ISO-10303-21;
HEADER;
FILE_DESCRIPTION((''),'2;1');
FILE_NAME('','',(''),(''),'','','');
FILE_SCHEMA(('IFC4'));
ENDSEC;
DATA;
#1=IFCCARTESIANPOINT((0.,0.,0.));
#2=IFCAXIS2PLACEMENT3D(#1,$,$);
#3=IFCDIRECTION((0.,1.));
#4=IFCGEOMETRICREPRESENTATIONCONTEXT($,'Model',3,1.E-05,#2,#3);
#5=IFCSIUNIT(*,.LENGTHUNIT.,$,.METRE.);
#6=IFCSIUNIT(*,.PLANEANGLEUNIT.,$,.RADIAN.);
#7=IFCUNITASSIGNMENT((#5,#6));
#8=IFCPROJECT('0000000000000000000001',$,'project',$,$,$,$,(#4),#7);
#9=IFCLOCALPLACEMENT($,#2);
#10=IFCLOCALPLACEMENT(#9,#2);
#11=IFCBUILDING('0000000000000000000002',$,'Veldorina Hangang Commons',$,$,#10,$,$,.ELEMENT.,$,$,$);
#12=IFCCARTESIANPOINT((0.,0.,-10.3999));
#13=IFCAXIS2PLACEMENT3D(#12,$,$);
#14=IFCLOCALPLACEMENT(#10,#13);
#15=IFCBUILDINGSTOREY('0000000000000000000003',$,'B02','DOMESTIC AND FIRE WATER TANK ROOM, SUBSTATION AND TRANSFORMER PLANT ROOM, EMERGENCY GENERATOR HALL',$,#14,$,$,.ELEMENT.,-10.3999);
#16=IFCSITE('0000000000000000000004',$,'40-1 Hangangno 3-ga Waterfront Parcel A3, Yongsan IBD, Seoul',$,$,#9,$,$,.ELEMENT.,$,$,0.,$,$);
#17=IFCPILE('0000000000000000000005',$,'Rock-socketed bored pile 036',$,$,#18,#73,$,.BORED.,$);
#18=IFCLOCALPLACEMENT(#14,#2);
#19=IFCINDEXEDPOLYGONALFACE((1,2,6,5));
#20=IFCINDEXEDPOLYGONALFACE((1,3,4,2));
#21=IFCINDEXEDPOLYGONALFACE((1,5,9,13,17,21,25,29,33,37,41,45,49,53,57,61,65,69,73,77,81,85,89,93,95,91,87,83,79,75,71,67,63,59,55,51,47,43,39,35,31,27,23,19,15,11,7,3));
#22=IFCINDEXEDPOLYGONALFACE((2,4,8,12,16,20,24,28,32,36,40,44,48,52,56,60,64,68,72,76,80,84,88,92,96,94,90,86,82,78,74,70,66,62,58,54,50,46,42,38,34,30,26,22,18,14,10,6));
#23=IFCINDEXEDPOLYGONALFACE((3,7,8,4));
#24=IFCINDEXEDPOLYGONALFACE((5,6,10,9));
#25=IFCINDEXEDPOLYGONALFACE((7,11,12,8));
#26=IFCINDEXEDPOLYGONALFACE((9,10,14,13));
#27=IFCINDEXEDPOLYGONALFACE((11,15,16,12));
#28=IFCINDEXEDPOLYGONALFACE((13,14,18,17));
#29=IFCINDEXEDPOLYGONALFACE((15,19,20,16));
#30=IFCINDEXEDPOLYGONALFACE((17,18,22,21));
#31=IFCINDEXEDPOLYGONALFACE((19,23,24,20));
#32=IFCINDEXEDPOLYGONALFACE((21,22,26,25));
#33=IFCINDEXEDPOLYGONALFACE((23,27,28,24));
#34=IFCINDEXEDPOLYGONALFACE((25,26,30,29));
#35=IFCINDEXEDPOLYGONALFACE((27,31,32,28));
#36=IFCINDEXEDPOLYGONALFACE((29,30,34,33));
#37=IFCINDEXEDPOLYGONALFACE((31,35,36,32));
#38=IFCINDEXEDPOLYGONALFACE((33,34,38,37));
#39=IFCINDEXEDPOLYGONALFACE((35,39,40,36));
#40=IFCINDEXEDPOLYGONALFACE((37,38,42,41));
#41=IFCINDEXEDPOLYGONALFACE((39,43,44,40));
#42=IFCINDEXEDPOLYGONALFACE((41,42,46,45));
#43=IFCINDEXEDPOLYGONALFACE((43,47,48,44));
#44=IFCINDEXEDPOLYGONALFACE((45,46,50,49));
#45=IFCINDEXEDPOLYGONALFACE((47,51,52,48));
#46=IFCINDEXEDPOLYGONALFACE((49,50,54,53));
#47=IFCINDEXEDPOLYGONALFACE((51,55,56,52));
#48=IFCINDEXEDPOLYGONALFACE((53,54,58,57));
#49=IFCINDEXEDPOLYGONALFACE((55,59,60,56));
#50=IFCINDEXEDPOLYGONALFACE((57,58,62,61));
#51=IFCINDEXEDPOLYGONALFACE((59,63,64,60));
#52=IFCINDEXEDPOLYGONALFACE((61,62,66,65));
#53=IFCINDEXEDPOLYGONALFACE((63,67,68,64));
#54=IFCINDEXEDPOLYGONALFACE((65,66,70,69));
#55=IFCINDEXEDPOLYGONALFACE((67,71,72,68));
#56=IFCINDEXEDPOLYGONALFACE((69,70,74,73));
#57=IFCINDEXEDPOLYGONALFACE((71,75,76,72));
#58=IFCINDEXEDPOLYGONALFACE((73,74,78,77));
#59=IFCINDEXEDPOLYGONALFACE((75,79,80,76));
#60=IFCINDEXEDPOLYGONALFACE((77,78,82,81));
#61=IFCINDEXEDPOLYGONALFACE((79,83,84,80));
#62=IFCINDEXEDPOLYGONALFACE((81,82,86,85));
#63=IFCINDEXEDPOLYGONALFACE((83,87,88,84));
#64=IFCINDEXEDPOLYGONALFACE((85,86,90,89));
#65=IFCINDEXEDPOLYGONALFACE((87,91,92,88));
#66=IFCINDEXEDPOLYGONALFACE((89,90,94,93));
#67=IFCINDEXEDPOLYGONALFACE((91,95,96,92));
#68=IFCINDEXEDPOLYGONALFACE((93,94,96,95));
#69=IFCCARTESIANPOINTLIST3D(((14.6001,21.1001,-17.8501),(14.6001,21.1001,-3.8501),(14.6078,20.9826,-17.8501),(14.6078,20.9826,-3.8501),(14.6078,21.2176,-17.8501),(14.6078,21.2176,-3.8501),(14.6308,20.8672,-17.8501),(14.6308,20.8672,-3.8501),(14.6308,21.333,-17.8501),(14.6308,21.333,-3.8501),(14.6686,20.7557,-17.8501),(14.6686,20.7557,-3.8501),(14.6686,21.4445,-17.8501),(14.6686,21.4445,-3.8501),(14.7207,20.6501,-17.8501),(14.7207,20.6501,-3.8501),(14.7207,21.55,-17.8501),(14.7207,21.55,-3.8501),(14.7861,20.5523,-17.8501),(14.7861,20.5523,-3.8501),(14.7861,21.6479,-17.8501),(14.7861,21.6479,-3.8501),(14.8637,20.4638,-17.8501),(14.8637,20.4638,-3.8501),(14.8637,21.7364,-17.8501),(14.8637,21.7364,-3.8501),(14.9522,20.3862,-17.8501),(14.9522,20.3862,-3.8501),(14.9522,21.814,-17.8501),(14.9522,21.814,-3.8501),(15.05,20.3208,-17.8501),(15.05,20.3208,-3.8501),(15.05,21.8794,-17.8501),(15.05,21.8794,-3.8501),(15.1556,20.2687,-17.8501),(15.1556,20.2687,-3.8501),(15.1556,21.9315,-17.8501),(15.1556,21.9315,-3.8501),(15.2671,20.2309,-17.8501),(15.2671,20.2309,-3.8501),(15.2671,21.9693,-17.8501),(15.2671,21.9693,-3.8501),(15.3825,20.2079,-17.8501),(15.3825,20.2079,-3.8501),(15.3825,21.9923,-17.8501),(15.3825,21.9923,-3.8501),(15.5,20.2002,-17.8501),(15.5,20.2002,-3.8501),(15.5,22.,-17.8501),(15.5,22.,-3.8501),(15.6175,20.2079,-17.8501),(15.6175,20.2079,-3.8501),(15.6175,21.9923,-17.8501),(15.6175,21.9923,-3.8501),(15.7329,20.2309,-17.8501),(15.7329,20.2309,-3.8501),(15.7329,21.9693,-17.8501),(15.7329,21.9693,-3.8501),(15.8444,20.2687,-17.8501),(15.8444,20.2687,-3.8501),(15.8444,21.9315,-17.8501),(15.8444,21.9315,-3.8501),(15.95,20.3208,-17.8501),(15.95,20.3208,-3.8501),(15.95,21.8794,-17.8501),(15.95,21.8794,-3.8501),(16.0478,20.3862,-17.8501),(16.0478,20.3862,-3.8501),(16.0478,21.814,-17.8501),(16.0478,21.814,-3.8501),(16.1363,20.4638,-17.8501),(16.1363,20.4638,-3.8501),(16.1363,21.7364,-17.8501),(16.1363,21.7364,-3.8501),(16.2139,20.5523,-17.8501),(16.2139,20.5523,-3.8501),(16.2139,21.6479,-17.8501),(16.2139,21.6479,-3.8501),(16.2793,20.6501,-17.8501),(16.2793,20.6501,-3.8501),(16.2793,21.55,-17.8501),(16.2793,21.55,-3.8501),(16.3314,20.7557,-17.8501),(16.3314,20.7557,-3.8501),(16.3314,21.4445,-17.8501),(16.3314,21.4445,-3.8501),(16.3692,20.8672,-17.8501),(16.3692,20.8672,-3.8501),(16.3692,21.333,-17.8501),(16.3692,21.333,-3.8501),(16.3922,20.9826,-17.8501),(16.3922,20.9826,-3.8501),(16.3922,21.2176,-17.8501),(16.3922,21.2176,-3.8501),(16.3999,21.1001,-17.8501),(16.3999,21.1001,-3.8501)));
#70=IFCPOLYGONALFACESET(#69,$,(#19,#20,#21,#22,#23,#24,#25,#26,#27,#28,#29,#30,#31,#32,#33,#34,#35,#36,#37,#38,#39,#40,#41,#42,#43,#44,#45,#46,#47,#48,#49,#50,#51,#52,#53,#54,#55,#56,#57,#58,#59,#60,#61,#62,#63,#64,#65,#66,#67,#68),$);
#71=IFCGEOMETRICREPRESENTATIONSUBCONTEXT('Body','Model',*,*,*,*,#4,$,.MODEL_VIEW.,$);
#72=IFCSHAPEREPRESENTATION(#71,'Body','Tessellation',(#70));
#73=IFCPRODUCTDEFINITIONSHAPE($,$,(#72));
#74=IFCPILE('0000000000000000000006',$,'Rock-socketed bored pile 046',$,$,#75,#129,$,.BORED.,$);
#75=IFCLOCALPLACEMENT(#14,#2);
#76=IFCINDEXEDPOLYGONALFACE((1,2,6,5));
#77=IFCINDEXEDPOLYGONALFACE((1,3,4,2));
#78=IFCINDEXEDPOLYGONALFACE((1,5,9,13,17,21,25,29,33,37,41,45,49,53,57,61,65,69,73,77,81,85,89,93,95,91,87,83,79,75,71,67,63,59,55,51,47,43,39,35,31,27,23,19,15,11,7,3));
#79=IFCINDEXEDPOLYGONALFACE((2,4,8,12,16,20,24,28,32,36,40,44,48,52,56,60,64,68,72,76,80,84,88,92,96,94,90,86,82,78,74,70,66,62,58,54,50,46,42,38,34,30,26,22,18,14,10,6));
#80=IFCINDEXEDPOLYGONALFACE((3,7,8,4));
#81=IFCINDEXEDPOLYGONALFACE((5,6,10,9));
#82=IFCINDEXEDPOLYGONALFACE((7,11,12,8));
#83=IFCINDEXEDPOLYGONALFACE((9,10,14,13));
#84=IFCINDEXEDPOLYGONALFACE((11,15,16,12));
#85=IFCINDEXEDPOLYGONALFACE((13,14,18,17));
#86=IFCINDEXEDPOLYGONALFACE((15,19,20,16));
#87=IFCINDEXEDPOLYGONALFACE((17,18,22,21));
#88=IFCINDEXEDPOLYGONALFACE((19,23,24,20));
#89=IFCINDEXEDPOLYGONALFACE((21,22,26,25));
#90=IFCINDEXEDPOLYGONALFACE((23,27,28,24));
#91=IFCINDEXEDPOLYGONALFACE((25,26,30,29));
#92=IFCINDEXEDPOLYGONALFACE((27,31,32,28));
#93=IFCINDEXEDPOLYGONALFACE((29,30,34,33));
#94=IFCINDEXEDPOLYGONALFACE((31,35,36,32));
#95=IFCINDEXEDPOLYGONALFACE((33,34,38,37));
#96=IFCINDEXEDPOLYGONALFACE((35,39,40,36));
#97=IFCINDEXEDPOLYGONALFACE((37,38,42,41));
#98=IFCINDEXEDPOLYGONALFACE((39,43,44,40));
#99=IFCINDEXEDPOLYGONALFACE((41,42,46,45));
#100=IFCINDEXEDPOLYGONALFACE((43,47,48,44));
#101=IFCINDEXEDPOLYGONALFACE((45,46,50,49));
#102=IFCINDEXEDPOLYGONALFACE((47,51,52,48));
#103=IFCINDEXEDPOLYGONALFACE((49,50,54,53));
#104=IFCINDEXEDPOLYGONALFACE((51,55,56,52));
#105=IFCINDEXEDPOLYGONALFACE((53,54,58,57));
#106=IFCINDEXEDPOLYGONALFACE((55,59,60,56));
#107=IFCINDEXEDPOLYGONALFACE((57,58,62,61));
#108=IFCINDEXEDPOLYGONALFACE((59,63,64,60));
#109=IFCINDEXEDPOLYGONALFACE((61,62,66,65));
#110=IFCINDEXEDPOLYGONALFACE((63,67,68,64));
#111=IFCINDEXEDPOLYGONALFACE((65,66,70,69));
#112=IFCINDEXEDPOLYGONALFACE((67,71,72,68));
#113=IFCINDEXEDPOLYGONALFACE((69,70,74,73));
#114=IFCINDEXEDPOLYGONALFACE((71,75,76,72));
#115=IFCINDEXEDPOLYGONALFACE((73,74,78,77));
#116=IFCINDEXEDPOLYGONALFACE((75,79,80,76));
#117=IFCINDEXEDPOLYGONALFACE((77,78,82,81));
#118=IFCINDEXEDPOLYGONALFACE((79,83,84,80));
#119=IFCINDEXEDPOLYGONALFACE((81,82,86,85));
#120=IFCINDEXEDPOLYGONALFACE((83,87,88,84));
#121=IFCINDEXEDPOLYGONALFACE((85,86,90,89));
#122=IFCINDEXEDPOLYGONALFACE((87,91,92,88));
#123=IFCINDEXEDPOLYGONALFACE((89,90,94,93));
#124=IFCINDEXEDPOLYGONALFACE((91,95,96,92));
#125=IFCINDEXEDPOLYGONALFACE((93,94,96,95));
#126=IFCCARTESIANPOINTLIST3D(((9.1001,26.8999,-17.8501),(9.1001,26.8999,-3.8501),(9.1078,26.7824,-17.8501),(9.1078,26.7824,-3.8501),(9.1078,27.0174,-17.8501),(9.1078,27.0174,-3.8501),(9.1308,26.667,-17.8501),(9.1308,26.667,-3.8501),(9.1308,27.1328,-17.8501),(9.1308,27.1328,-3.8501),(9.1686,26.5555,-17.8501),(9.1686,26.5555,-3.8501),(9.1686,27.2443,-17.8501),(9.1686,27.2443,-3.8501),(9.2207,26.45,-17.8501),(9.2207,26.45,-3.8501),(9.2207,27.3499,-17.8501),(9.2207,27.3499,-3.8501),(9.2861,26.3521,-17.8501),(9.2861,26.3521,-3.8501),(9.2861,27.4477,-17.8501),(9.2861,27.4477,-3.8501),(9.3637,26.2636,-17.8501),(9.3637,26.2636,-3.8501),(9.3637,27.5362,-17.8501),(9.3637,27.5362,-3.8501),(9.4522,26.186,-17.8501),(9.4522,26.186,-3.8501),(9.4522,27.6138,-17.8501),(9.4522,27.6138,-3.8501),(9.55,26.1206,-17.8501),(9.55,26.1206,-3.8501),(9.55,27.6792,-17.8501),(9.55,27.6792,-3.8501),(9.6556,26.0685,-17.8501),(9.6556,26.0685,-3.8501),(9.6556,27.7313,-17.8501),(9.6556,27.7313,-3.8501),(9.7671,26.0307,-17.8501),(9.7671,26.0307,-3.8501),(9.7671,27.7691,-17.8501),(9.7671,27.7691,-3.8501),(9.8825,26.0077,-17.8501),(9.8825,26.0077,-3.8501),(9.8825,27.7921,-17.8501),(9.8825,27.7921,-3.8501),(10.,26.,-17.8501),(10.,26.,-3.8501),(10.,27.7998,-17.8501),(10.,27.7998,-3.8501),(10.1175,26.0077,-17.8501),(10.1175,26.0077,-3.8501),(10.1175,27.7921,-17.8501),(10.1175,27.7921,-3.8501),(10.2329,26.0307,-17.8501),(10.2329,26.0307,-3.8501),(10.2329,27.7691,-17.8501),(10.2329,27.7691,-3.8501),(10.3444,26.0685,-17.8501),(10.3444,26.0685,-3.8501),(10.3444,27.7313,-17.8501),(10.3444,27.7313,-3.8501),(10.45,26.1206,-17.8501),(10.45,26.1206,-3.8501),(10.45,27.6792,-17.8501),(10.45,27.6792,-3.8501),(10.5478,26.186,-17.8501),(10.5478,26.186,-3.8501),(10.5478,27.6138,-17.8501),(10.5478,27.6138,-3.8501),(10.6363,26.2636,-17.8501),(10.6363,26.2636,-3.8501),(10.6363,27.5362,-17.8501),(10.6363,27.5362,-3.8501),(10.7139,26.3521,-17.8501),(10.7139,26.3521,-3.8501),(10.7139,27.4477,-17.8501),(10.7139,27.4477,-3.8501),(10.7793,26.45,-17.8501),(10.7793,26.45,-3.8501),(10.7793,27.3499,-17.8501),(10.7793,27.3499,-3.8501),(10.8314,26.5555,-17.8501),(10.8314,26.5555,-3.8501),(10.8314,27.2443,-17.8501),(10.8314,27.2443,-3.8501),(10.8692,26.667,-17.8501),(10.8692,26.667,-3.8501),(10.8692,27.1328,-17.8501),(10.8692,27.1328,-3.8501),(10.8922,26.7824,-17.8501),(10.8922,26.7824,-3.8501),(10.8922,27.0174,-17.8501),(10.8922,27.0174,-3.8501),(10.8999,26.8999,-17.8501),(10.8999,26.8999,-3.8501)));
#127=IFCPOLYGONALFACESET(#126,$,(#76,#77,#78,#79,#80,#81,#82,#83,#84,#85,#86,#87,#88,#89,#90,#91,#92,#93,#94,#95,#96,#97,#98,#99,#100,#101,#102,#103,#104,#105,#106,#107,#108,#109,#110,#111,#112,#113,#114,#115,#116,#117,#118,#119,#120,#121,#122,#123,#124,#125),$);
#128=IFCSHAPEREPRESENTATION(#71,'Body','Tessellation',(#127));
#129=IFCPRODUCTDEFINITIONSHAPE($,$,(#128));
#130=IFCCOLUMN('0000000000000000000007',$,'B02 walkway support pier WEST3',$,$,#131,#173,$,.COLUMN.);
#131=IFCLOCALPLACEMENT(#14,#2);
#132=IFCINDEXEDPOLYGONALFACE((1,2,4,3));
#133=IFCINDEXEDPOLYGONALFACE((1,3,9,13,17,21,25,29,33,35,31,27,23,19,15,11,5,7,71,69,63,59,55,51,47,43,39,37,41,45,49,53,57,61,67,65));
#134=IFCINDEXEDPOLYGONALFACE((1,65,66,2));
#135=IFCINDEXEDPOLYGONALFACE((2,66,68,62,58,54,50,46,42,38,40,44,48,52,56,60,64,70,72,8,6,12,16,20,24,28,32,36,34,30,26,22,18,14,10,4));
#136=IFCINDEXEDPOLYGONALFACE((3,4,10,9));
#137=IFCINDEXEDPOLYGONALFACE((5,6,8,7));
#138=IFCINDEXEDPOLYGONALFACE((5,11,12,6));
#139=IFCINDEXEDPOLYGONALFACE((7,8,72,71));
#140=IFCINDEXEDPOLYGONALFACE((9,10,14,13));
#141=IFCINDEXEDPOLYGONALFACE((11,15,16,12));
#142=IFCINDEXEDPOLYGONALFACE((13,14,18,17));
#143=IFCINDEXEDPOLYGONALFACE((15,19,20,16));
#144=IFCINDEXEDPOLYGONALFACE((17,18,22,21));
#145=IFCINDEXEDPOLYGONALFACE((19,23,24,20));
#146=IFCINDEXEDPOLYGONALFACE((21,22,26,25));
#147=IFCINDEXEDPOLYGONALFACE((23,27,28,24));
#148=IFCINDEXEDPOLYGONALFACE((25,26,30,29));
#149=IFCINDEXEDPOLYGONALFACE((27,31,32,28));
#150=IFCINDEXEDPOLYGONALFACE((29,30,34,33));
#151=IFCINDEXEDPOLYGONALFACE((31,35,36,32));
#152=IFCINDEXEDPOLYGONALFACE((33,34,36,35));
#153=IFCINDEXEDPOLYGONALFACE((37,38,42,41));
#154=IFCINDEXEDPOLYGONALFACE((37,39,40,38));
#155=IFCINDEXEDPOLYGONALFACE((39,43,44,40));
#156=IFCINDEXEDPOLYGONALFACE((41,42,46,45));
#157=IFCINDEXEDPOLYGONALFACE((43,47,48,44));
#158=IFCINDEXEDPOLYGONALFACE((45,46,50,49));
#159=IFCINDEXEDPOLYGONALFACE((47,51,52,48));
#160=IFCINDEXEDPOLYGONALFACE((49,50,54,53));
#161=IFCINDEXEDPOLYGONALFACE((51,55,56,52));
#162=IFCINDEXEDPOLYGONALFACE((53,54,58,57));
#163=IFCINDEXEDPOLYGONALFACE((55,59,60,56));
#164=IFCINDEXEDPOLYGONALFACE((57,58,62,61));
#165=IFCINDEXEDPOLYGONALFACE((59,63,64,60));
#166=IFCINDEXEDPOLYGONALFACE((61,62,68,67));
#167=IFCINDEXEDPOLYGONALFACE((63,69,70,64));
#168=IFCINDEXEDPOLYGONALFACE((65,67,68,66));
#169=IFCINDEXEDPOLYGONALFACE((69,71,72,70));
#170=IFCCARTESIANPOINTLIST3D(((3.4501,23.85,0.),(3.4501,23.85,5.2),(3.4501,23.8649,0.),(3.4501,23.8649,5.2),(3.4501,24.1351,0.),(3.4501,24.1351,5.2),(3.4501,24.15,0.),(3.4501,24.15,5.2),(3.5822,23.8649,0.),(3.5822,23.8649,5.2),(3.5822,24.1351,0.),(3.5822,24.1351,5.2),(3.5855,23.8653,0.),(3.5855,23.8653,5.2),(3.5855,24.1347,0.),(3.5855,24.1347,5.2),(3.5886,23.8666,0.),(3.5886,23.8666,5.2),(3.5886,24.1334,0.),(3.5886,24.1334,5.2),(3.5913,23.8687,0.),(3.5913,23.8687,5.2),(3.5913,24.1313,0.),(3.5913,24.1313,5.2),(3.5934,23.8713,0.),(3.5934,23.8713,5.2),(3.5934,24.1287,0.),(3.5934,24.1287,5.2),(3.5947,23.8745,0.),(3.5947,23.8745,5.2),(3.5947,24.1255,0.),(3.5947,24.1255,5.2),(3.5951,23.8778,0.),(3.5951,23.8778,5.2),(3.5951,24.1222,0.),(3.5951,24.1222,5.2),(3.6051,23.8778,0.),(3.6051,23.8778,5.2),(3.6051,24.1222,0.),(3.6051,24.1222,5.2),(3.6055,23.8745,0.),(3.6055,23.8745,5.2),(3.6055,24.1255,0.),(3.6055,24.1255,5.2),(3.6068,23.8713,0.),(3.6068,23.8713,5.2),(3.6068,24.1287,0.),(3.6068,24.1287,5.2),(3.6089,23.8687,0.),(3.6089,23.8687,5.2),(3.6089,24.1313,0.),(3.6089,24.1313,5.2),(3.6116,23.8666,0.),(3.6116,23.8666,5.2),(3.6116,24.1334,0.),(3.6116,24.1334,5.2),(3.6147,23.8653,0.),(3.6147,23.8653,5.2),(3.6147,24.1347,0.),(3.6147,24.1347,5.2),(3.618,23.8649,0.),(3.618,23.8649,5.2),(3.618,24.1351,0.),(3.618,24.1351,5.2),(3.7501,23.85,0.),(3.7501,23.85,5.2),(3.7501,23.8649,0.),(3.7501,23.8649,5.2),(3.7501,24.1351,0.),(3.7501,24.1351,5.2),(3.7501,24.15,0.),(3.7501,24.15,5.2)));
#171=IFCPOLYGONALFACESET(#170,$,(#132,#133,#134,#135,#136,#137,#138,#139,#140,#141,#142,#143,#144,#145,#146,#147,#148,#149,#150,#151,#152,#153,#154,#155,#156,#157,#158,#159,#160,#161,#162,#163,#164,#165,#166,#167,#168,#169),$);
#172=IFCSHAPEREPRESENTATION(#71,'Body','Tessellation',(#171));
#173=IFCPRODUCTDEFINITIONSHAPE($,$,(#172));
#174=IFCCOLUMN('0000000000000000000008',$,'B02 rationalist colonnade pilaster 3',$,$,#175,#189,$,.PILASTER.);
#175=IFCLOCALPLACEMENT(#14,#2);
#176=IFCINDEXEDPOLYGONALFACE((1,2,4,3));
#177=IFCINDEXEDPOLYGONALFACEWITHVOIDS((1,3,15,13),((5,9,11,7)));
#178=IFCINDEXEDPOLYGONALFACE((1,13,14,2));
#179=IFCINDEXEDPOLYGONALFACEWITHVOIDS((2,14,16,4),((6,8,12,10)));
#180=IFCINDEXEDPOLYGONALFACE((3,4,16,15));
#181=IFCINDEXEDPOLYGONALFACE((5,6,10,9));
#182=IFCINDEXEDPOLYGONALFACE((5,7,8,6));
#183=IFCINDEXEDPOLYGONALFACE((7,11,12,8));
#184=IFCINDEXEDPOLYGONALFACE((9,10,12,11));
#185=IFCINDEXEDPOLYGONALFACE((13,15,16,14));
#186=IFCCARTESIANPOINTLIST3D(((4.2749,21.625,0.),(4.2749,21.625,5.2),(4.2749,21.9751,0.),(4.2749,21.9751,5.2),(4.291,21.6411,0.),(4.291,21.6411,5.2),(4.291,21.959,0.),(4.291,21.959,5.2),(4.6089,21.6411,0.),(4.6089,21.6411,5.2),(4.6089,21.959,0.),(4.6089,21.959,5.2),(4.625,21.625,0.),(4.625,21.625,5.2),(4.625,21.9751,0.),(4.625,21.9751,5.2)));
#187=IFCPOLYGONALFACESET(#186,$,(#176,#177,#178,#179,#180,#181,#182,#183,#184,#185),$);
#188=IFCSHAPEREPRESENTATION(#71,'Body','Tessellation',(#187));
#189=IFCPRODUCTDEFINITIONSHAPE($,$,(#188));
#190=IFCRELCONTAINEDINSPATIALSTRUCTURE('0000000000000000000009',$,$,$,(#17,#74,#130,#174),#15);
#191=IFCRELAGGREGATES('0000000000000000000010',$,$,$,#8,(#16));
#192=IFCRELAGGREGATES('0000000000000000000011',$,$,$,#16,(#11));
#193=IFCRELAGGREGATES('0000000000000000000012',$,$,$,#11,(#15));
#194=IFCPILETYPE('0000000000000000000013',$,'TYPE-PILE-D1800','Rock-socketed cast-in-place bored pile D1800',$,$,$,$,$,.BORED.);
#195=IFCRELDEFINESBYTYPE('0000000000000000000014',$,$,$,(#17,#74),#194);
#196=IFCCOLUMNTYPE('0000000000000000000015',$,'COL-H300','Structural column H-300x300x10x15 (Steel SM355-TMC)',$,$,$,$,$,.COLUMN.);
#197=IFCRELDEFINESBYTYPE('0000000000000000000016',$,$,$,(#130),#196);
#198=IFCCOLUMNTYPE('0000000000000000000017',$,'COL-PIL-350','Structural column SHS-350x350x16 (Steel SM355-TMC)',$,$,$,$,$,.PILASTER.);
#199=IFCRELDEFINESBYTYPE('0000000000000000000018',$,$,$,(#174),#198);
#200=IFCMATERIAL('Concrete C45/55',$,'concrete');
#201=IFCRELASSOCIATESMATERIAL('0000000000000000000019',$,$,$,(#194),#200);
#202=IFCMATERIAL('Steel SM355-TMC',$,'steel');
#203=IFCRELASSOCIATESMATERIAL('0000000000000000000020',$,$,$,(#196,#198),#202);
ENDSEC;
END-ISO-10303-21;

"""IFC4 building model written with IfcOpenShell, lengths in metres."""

from ifc_helpers import new_model, si_unit, direction, frame, origin, origin_2d, place, context, subcontext, project, spatial, hollow_rectangle, circle, i_section, extrude, material, material_profile, profile_set, type_object, element, save


model = new_model("IFC4")

# Units and contexts
model_context = context("Model", 3, precision=1e-05, world=origin(), true_north=direction((0.0, 1.0)))
body_context = subcontext(model_context, "Body", "Model", "MODEL_VIEW")
ifc_project = project(units=[si_unit("LENGTHUNIT", "METRE"), si_unit("PLANEANGLEUNIT", "RADIAN")], contexts=[model_context])

# Site, building, storey
site_placement = place(None, origin())
site = spatial("IfcSite", under=ifc_project, at=site_placement, Name="40-1 Hangangno 3-ga Waterfront Parcel A3, Yongsan IBD, Seoul", CompositionType="ELEMENT", RefElevation=0.0)
building_placement = place(site_placement, origin())
building = spatial("IfcBuilding", under=site, at=building_placement, Name="Veldorina Hangang Commons", CompositionType="ELEMENT")
storey_placement = place(building_placement, frame((0.0, 0.0, -10.3999)))
storey = spatial("IfcBuildingStorey", under=building, at=storey_placement, Name="B02", Description="DOMESTIC AND FIRE WATER TANK ROOM, SUBSTATION AND TRANSFORMER PLANT ROOM, EMERGENCY GENERATOR HALL", CompositionType="ELEMENT", Elevation=-10.3999)

# Piles
ifc_material_1 = material(Name="Concrete C45/55", Category="concrete")
ifc_material_profile_1 = material_profile(ifc_material_1, circle(Radius=0.8999, at=origin_2d()), Name="PILE-D1800")
ifc_profile_set_1 = profile_set([ifc_material_profile_1], Name="Concrete C45/55")
pile_type_1 = type_object("IfcPileType", Name="TYPE-PILE-D1800", Description="Rock-socketed cast-in-place bored pile D1800", PredefinedType="BORED", material=ifc_profile_set_1)
for number, where, z_axis, x_axis, name in (
    (1, (15.5, 21.1001, -3.8501), (0.0, 0.0, -1.0), (1.0, 0.0, 0.0), "Rock-socketed bored pile 036"),
    (2, (10.0, 26.8999, -3.8501), (0.0, 0.0, -1.0), (1.0, 0.0, 0.0), "Rock-socketed bored pile 046"),
):
    element("IfcPile", number, at=place(storey_placement, frame(where, z_axis=z_axis, x_axis=x_axis)), inside=storey, type_object=pile_type_1, Name=name, PredefinedType="BORED", context=body_context, shape_type="SweptSolid", body=[
        extrude(circle(Radius=0.8999, at=origin_2d()), origin(), (0.0, 0.0, 1.0), 14.0),
    ])

# Columns
ifc_material_2 = material(Name="Steel SM355-TMC", Category="steel")
ifc_material_profile_2 = material_profile(ifc_material_2, i_section(OverallWidth=0.3, OverallDepth=0.3, WebThickness=0.01, FlangeThickness=0.0149, FilletRadius=0.0129, at=origin_2d()), Name="H-300x300x10x15")
ifc_profile_set_2 = profile_set([ifc_material_profile_2], Name="Steel SM355-TMC")
column_type_1 = type_object("IfcColumnType", Name="COL-H300", Description="Structural column H-300x300x10x15 (Steel SM355-TMC)", PredefinedType="COLUMN", material=ifc_profile_set_2)
column_1_placement = place(storey_placement, frame((3.6001, 24.0, 0.0), z_axis=(0.0, 0.0, 1.0), x_axis=(1.0, 0.0, 0.0)))
element("IfcColumn", 3, at=column_1_placement, inside=storey, type_object=column_type_1, Name="B02 walkway support pier WEST3", PredefinedType="COLUMN", context=body_context, shape_type="SweptSolid", body=[
    extrude(i_section(OverallWidth=0.3, OverallDepth=0.3, WebThickness=0.01, FlangeThickness=0.0149, FilletRadius=0.0129, at=origin_2d()), origin(), (0.0, 0.0, 1.0), 5.2),
])
ifc_material_profile_3 = material_profile(ifc_material_2, hollow_rectangle(XDim=0.3501, YDim=0.3501, WallThickness=0.0161, at=origin_2d()), Name="SHS-350x350x16")
ifc_profile_set_3 = profile_set([ifc_material_profile_3], Name="Steel SM355-TMC")
column_type_2 = type_object("IfcColumnType", Name="COL-PIL-350", Description="Structural column SHS-350x350x16 (Steel SM355-TMC)", PredefinedType="PILASTER", material=ifc_profile_set_3)
column_2_placement = place(storey_placement, frame((4.45, 21.8, 0.0), z_axis=(0.0, 0.0, 1.0), x_axis=(1.0, 0.0, 0.0)))
element("IfcColumn", 4, at=column_2_placement, inside=storey, type_object=column_type_2, Name="B02 rationalist colonnade pilaster 3", PredefinedType="PILASTER", context=body_context, shape_type="SweptSolid", body=[
    extrude(hollow_rectangle(XDim=0.3501, YDim=0.3501, WallThickness=0.0161, at=origin_2d()), origin(), (0.0, 0.0, 1.0), 5.2),
])

save(model, "model.ifc")
